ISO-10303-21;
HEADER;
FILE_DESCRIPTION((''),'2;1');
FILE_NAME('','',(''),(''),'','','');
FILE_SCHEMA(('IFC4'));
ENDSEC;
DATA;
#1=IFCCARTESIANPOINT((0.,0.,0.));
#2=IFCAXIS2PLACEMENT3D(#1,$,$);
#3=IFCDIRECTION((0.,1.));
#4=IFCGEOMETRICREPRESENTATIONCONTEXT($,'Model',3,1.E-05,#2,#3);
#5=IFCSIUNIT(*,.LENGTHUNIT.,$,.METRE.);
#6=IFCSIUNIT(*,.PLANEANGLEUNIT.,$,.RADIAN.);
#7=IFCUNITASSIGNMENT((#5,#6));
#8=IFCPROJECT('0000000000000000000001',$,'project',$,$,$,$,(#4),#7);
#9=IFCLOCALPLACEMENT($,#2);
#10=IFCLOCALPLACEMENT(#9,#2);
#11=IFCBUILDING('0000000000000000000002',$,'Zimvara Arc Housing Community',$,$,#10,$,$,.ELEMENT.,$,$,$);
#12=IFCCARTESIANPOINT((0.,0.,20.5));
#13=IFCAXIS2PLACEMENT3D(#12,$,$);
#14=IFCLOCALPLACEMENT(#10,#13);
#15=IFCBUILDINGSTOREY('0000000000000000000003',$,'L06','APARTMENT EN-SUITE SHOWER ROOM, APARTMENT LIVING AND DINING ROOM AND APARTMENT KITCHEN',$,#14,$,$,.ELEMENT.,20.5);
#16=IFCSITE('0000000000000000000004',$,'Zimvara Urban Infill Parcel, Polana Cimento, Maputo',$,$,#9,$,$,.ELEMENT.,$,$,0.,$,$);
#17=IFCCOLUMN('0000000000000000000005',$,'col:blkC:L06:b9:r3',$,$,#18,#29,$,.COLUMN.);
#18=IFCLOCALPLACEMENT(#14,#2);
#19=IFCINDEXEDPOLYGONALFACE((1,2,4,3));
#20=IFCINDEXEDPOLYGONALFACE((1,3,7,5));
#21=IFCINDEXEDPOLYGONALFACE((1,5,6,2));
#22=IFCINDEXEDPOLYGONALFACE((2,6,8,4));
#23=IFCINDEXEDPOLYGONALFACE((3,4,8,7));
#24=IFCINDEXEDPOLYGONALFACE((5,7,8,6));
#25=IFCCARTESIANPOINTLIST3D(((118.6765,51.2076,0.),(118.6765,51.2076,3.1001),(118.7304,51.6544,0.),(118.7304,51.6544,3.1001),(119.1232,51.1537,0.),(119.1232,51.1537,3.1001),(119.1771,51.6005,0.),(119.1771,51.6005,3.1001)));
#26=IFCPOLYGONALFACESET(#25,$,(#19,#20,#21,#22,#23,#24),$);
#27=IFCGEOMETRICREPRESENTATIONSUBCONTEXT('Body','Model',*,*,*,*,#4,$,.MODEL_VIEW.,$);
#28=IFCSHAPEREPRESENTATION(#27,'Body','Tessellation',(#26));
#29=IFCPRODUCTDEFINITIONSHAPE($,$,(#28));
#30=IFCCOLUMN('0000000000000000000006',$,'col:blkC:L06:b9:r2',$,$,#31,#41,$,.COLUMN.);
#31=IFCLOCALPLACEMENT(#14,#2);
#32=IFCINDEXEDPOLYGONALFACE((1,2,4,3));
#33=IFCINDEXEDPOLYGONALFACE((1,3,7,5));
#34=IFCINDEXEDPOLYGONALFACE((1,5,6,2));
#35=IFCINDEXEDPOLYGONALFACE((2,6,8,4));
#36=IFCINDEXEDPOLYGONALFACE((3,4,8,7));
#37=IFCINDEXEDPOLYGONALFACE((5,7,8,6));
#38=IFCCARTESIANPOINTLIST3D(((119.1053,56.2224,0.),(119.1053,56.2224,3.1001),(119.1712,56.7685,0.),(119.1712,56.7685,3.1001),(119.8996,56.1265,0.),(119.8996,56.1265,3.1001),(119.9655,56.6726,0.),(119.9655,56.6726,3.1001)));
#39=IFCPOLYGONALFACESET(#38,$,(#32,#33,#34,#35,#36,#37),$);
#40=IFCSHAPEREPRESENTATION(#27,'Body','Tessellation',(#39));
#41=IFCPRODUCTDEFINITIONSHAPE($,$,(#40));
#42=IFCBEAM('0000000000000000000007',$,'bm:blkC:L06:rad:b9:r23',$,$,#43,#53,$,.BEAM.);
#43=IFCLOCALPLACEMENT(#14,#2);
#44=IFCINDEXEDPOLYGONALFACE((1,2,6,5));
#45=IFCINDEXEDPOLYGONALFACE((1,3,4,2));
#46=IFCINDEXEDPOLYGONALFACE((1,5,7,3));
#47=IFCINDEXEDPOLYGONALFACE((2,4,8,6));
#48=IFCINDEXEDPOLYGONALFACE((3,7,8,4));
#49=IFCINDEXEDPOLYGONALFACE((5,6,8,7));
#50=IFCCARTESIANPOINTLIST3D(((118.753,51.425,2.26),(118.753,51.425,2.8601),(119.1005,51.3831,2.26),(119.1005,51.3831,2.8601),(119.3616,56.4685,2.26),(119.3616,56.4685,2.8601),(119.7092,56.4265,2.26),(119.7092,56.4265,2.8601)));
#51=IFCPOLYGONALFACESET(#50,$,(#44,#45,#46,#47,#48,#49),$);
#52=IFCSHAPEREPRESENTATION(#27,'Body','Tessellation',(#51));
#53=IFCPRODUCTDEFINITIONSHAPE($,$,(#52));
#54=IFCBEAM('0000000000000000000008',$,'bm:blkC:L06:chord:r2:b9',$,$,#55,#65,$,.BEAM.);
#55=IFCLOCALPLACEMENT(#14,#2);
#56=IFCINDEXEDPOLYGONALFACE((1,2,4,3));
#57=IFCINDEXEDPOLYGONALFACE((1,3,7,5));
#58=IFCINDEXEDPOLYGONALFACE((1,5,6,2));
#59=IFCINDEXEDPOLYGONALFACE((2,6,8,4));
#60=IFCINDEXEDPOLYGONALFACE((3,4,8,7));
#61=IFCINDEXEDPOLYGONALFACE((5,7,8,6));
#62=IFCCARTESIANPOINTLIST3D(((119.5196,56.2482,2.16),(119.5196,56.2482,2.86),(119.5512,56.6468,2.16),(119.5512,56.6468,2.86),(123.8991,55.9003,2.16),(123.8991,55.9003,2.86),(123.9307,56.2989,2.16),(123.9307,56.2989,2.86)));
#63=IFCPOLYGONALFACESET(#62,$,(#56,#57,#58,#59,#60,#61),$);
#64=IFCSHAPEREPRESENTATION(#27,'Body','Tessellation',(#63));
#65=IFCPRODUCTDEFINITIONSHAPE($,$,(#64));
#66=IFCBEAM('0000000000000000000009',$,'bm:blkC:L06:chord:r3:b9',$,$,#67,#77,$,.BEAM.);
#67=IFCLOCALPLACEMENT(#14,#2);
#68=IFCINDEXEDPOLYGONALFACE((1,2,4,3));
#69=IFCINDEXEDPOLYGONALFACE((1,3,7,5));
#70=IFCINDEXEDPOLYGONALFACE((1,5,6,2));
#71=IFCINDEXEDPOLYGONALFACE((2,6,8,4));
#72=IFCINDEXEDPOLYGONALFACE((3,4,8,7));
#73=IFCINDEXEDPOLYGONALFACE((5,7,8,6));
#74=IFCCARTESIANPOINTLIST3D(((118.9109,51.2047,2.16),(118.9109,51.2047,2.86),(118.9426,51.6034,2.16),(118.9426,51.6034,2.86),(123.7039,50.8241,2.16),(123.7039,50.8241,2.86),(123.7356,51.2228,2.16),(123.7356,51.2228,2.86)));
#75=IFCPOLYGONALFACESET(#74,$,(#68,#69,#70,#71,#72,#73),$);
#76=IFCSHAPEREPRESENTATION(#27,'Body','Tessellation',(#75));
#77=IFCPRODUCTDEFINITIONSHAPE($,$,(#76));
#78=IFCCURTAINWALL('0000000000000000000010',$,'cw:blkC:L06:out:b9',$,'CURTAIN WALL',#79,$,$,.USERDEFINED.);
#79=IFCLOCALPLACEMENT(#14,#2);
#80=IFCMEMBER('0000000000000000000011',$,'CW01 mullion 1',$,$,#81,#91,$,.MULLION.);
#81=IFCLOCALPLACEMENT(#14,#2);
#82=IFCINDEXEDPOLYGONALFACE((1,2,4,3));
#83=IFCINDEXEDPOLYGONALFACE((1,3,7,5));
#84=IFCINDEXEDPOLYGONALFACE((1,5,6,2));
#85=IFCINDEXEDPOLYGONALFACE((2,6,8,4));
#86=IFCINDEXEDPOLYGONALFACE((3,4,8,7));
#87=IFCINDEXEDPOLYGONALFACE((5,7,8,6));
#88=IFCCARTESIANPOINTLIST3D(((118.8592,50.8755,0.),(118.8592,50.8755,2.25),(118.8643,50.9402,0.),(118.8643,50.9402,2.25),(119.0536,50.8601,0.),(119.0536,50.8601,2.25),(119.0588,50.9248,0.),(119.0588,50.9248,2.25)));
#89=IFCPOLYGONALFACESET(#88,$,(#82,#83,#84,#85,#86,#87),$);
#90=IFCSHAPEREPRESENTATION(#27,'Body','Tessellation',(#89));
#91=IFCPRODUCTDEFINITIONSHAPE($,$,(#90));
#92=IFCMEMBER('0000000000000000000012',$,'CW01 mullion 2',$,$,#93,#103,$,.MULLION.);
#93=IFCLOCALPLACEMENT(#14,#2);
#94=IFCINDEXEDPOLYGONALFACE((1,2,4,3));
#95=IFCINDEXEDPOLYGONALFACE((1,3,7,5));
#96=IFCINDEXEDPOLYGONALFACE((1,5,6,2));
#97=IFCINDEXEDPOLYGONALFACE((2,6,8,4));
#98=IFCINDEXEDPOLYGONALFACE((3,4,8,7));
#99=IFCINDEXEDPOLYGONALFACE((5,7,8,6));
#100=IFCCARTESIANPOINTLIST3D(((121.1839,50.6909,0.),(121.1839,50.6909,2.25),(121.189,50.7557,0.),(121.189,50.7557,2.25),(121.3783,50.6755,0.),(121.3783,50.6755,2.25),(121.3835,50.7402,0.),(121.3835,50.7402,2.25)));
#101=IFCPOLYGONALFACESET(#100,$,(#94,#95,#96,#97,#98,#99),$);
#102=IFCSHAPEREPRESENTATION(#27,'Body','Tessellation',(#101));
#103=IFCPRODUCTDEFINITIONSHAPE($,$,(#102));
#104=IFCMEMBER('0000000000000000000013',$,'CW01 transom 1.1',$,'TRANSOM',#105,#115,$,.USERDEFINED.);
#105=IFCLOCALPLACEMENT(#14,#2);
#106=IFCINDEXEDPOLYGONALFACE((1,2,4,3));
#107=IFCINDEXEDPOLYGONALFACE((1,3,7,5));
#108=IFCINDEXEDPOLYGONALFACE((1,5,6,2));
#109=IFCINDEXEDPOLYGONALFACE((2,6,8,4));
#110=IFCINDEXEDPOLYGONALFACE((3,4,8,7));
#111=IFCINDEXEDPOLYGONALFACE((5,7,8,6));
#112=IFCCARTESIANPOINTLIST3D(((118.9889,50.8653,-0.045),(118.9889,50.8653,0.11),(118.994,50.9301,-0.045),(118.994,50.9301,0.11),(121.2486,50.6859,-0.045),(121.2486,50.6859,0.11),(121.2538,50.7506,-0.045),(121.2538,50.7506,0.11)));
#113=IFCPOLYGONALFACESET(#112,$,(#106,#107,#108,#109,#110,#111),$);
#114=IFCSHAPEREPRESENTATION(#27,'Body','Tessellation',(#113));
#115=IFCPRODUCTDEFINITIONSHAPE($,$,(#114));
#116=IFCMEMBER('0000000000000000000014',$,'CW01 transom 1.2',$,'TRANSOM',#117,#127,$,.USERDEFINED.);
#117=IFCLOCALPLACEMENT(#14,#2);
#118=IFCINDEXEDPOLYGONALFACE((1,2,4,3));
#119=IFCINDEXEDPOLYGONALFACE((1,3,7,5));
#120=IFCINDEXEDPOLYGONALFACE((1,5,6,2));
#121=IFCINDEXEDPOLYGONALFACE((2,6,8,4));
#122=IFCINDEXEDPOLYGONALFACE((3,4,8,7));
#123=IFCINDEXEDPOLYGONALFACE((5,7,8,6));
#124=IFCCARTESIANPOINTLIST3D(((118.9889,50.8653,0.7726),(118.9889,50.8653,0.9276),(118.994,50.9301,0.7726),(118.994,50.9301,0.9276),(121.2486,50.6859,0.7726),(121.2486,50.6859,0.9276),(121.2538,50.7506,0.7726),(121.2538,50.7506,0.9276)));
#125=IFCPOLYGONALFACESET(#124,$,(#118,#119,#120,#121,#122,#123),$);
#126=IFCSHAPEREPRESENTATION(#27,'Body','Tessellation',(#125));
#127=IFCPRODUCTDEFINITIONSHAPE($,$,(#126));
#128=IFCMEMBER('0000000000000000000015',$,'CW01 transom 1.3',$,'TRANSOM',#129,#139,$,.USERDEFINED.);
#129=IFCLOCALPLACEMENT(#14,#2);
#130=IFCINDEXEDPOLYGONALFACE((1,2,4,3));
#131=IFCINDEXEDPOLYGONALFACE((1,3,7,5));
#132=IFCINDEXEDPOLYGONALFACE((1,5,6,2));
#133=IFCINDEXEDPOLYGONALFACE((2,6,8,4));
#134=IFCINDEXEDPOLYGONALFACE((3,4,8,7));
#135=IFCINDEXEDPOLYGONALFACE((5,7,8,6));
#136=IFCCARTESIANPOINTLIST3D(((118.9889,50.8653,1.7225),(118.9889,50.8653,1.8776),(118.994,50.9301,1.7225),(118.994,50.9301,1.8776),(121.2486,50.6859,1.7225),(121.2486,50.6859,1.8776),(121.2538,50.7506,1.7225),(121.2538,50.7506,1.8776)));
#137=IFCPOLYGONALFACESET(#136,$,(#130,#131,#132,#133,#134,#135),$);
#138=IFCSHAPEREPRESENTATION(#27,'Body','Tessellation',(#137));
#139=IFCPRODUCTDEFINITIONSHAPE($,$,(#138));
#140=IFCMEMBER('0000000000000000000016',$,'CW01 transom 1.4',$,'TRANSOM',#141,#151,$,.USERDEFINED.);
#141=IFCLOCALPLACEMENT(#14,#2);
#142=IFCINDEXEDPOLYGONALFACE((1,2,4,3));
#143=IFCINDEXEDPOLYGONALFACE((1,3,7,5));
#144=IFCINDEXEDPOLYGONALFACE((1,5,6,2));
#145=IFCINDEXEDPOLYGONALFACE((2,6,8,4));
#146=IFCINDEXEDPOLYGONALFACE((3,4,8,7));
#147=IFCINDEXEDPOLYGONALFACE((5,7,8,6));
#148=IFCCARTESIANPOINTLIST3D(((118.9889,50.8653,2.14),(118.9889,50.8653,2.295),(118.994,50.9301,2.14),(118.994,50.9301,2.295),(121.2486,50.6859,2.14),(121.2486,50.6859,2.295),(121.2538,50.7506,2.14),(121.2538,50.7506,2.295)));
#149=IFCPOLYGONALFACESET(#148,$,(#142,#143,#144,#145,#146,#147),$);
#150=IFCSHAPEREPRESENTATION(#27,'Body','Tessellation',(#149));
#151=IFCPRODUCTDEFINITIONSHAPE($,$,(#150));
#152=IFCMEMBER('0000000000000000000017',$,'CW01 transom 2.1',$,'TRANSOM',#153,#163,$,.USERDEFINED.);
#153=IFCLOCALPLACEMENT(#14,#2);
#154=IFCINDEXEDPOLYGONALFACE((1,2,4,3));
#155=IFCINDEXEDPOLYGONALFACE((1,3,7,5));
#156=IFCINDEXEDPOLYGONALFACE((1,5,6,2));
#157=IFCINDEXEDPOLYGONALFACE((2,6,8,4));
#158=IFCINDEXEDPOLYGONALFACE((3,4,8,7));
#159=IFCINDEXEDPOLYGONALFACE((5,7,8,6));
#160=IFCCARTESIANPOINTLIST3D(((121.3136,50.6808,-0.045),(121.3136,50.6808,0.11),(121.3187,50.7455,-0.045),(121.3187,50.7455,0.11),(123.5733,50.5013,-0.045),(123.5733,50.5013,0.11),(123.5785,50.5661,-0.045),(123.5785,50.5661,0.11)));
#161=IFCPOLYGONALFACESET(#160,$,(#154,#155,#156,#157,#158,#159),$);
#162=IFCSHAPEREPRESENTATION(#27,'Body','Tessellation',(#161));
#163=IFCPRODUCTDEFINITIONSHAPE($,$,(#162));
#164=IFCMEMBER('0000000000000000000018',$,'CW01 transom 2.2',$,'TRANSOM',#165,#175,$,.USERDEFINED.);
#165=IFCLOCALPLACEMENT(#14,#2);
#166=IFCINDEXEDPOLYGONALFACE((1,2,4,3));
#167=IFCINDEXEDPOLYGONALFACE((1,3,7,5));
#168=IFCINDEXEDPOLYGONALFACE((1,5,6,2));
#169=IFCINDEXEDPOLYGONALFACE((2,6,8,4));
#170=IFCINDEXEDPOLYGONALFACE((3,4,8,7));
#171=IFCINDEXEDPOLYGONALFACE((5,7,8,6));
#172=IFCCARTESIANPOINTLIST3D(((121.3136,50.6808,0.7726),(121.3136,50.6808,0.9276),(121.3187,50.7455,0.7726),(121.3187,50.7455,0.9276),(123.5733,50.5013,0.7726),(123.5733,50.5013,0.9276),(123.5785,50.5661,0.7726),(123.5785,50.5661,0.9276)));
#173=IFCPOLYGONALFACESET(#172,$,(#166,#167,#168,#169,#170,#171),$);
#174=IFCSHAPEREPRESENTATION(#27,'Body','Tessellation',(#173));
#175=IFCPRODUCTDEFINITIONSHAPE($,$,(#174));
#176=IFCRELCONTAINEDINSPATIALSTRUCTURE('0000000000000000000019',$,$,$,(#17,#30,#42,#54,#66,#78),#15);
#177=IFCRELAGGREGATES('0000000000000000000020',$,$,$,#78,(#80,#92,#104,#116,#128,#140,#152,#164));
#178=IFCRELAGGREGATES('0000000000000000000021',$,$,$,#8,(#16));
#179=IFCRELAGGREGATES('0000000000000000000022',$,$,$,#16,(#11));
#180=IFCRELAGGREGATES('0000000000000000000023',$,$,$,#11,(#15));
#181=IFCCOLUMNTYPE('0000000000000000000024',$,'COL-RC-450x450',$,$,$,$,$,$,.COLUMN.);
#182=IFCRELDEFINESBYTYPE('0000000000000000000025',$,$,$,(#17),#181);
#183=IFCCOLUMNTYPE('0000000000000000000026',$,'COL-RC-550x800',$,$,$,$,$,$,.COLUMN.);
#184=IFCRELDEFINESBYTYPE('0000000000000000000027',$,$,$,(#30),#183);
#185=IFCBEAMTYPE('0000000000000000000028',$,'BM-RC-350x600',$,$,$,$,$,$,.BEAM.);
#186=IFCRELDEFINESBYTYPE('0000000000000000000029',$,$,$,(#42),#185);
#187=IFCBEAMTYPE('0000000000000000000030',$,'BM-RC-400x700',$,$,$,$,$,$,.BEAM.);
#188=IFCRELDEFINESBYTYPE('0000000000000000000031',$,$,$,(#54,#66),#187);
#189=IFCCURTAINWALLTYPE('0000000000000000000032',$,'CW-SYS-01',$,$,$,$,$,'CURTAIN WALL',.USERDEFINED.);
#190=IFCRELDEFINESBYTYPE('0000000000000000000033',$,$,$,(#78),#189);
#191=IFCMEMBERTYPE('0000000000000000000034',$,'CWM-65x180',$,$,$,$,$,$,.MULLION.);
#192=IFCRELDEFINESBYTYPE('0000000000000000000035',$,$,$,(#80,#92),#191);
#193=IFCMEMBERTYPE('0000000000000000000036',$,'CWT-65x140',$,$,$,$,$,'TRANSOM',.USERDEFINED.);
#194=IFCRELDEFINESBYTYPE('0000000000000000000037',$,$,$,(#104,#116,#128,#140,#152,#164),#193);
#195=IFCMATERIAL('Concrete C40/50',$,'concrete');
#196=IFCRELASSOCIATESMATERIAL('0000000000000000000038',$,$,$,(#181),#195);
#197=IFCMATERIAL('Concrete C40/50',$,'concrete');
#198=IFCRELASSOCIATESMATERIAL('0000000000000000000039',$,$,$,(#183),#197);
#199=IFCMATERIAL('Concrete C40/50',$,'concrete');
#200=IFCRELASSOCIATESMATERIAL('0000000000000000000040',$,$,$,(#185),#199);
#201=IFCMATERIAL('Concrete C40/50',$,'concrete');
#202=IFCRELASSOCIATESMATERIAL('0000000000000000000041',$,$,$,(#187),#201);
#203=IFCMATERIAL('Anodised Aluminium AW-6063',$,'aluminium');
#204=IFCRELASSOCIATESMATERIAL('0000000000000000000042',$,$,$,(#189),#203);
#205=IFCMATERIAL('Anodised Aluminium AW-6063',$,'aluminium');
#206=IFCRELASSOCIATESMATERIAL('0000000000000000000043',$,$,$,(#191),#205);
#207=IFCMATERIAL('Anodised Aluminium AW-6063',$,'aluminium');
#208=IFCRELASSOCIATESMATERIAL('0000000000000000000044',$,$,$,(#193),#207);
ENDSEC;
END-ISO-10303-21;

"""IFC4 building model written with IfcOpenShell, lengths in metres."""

from ifc_helpers import new_model, si_unit, direction, frame, origin, origin_2d, place, context, subcontext, project, spatial, rectangle, extrude, material, material_profile, profile_set, type_object, element, aggregate, save


model = new_model("IFC4")

# Units and contexts
model_context = context("Model", 3, precision=1e-05, world=origin(), true_north=direction((0.0, 1.0)))
body_context = subcontext(model_context, "Body", "Model", "MODEL_VIEW")
ifc_project = project(units=[si_unit("LENGTHUNIT", "METRE"), si_unit("PLANEANGLEUNIT", "RADIAN")], contexts=[model_context])

# Site, building, storey
site_placement = place(None, origin())
site = spatial("IfcSite", under=ifc_project, at=site_placement, Name="Zimvara Urban Infill Parcel, Polana Cimento, Maputo", CompositionType="ELEMENT", RefElevation=0.0)
building_placement = place(site_placement, origin())
building = spatial("IfcBuilding", under=site, at=building_placement, Name="Zimvara Arc Housing Community", CompositionType="ELEMENT")
storey_placement = place(building_placement, frame((0.0, 0.0, 20.5)))
storey = spatial("IfcBuildingStorey", under=building, at=storey_placement, Name="L06", Description="APARTMENT EN-SUITE SHOWER ROOM, APARTMENT LIVING AND DINING ROOM AND APARTMENT KITCHEN", CompositionType="ELEMENT", Elevation=20.5)

# Columns
ifc_material_1 = material(Name="Concrete C40/50", Category="concrete")
ifc_material_profile_1 = material_profile(ifc_material_1, rectangle(XDim=0.45, YDim=0.45, at=origin_2d()), Name="RC 450x450")
ifc_profile_set_1 = profile_set([ifc_material_profile_1], Name="Concrete C40/50")
column_type_1 = type_object("IfcColumnType", Name="COL-RC-450x450", PredefinedType="COLUMN", material=ifc_profile_set_1)
column_1_placement = place(storey_placement, frame((118.9268, 51.4041, 0.0), z_axis=(0.0, 0.0, 1.0), x_axis=(-0.11979, -0.992799, 0.0)))
element("IfcColumn", 1, at=column_1_placement, inside=storey, type_object=column_type_1, Name="col:blkC:L06:b9:r3", PredefinedType="COLUMN", context=body_context, shape_type="SweptSolid", body=[
    extrude(rectangle(XDim=0.45, YDim=0.45, at=origin_2d()), origin(), (0.0, 0.0, 1.0), 3.1001),
])
ifc_material_2 = material(Name="Concrete C40/50", Category="concrete")
ifc_material_profile_2 = material_profile(ifc_material_2, rectangle(XDim=0.55, YDim=0.8, at=origin_2d()), Name="RC 550x800")
ifc_profile_set_2 = profile_set([ifc_material_profile_2], Name="Concrete C40/50")
column_type_2 = type_object("IfcColumnType", Name="COL-RC-550x800", PredefinedType="COLUMN", material=ifc_profile_set_2)
column_2_placement = place(storey_placement, frame((119.5354, 56.4475, 0.0), z_axis=(0.0, 0.0, 1.0), x_axis=(-0.11979, -0.992799, 0.0)))
element("IfcColumn", 2, at=column_2_placement, inside=storey, type_object=column_type_2, Name="col:blkC:L06:b9:r2", PredefinedType="COLUMN", context=body_context, shape_type="SweptSolid", body=[
    extrude(rectangle(XDim=0.55, YDim=0.8, at=origin_2d()), origin(), (0.0, 0.0, 1.0), 3.1001),
])

# Beams
ifc_material_3 = material(Name="Concrete C40/50", Category="concrete")
ifc_material_profile_3 = material_profile(ifc_material_3, rectangle(XDim=0.3501, YDim=0.6001, at=origin_2d()), Name="RC 350x600")
ifc_profile_set_3 = profile_set([ifc_material_profile_3], Name="Concrete C40/50")
beam_type_1 = type_object("IfcBeamType", Name="BM-RC-350x600", PredefinedType="BEAM", material=ifc_profile_set_3)
beam_1_placement = place(storey_placement, frame((119.5354, 56.4475, 2.5601), z_axis=(-0.11981, -0.992797, 0.0), x_axis=(0.992797, -0.11981, 0.0)))
element("IfcBeam", 3, at=beam_1_placement, inside=storey, type_object=beam_type_1, Name="bm:blkC:L06:rad:b9:r23", PredefinedType="BEAM", context=body_context, shape_type="SweptSolid", body=[
    extrude(rectangle(XDim=0.3501, YDim=0.6001, at=origin_2d()), origin(), (0.0, 0.0, 1.0), 5.0801),
])
ifc_material_4 = material(Name="Concrete C40/50", Category="concrete")
ifc_material_profile_4 = material_profile(ifc_material_4, rectangle(XDim=0.3999, YDim=0.7, at=origin_2d()), Name="RC 400x700")
ifc_profile_set_4 = profile_set([ifc_material_profile_4], Name="Concrete C40/50")
beam_type_2 = type_object("IfcBeamType", Name="BM-RC-400x700", PredefinedType="BEAM", material=ifc_profile_set_4)
beam_2_placement = place(storey_placement, frame((119.5354, 56.4475, 2.51), z_axis=(0.996859, -0.079191, 0.0), x_axis=(0.079191, 0.996859, 0.0)))
element("IfcBeam", 4, at=beam_2_placement, inside=storey, type_object=beam_type_2, Name="bm:blkC:L06:chord:r2:b9", PredefinedType="BEAM", context=body_context, shape_type="SweptSolid", body=[
    extrude(rectangle(XDim=0.3999, YDim=0.7, at=origin_2d()), origin(), (0.0, 0.0, 1.0), 4.3933),
])
beam_3_placement = place(storey_placement, frame((118.9268, 51.4041, 2.51), z_axis=(0.996862, -0.079162, 0.0), x_axis=(0.079162, 0.996862, 0.0)))
element("IfcBeam", 5, at=beam_3_placement, inside=storey, type_object=beam_type_2, Name="bm:blkC:L06:chord:r3:b9", PredefinedType="BEAM", context=body_context, shape_type="SweptSolid", body=[
    extrude(rectangle(XDim=0.3999, YDim=0.7, at=origin_2d()), origin(), (0.0, 0.0, 1.0), 4.8081),
])

# Curtain wall, members
ifc_material_5 = material(Name="Anodised Aluminium AW-6063", Category="aluminium")
curtain_wall_type = type_object("IfcCurtainWallType", Name="CW-SYS-01", ElementType="CURTAIN WALL", PredefinedType="USERDEFINED", material=ifc_material_5)
curtain_wall_placement = place(storey_placement, origin())
curtain_wall = element("IfcCurtainWall", 6, at=curtain_wall_placement, inside=storey, type_object=curtain_wall_type, Name="cw:blkC:L06:out:b9", ObjectType="CURTAIN WALL", PredefinedType="USERDEFINED")
ifc_material_6 = material(Name="Anodised Aluminium AW-6063", Category="aluminium")
ifc_material_profile_5 = material_profile(ifc_material_6, rectangle(XDim=0.0649, YDim=0.1951, at=origin_2d()), Name="ALU 65x195")
ifc_profile_set_5 = profile_set([ifc_material_profile_5], Name="Anodised Aluminium AW-6063")
member_type_1 = type_object("IfcMemberType", Name="CWM-65x180", PredefinedType="MULLION", material=ifc_profile_set_5)
member_1_placement = place(storey_placement, frame((118.959, 50.9001, 0.0), z_axis=(0.0, 0.0, 1.0), x_axis=(0.079154, 0.996862, 0.0)))
member_1 = element("IfcMember", 7, at=member_1_placement, type_object=member_type_1, Name="CW01 mullion 1", PredefinedType="MULLION", context=body_context, shape_type="SweptSolid", body=[
    extrude(rectangle(XDim=0.0649, YDim=0.1951, at=origin_2d()), origin(), (0.0, 0.0, 1.0), 2.25),
])
member_2_placement = place(storey_placement, frame((121.2837, 50.7156, 0.0), z_axis=(0.0, 0.0, 1.0), x_axis=(0.079154, 0.996862, 0.0)))
member_2 = element("IfcMember", 8, at=member_2_placement, type_object=member_type_1, Name="CW01 mullion 2", PredefinedType="MULLION", context=body_context, shape_type="SweptSolid", body=[
    extrude(rectangle(XDim=0.0649, YDim=0.1951, at=origin_2d()), origin(), (0.0, 0.0, 1.0), 2.25),
])
ifc_material_7 = material(Name="Anodised Aluminium AW-6063", Category="aluminium")
ifc_material_profile_6 = material_profile(ifc_material_7, rectangle(XDim=0.0649, YDim=0.155, at=origin_2d()), Name="ALU 65x155")
ifc_profile_set_6 = profile_set([ifc_material_profile_6], Name="Anodised Aluminium AW-6063")
member_type_2 = type_object("IfcMemberType", Name="CWT-65x140", ElementType="TRANSOM", PredefinedType="USERDEFINED", material=ifc_profile_set_6)
member_3_placement = place(storey_placement, frame((118.9915, 50.8977, 0.0325), z_axis=(0.996862, -0.079159, 0.0), x_axis=(0.079159, 0.996862, 0.0)))
member_3 = element("IfcMember", 9, at=member_3_placement, type_object=member_type_2, Name="CW01 transom 1.1", ObjectType="TRANSOM", PredefinedType="USERDEFINED", context=body_context, shape_type="SweptSolid", body=[
    extrude(rectangle(XDim=0.0649, YDim=0.155, at=origin_2d()), origin(), (0.0, 0.0, 1.0), 2.2668),
])
member_4_placement = place(storey_placement, frame((118.9915, 50.8977, 0.8501), z_axis=(0.996862, -0.079159, 0.0), x_axis=(0.079159, 0.996862, 0.0)))
member_4 = element("IfcMember", 10, at=member_4_placement, type_object=member_type_2, Name="CW01 transom 1.2", ObjectType="TRANSOM", PredefinedType="USERDEFINED", context=body_context, shape_type="SweptSolid", body=[
    extrude(rectangle(XDim=0.0649, YDim=0.155, at=origin_2d()), origin(), (0.0, 0.0, 1.0), 2.2668),
])
member_5_placement = place(storey_placement, frame((118.9915, 50.8977, 1.8), z_axis=(0.996862, -0.079159, 0.0), x_axis=(0.079159, 0.996862, 0.0)))
member_5 = element("IfcMember", 11, at=member_5_placement, type_object=member_type_2, Name="CW01 transom 1.3", ObjectType="TRANSOM", PredefinedType="USERDEFINED", context=body_context, shape_type="SweptSolid", body=[
    extrude(rectangle(XDim=0.0649, YDim=0.155, at=origin_2d()), origin(), (0.0, 0.0, 1.0), 2.2668),
])
member_6_placement = place(storey_placement, frame((118.9915, 50.8977, 2.2175), z_axis=(0.996862, -0.079159, 0.0), x_axis=(0.079159, 0.996862, 0.0)))
member_6 = element("IfcMember", 12, at=member_6_placement, type_object=member_type_2, Name="CW01 transom 1.4", ObjectType="TRANSOM", PredefinedType="USERDEFINED", context=body_context, shape_type="SweptSolid", body=[
    extrude(rectangle(XDim=0.0649, YDim=0.155, at=origin_2d()), origin(), (0.0, 0.0, 1.0), 2.2668),
])
member_7_placement = place(storey_placement, frame((121.3162, 50.7131, 0.0325), z_axis=(0.996862, -0.079159, 0.0), x_axis=(0.079159, 0.996862, 0.0)))
member_7 = element("IfcMember", 13, at=member_7_placement, type_object=member_type_2, Name="CW01 transom 2.1", ObjectType="TRANSOM", PredefinedType="USERDEFINED", context=body_context, shape_type="SweptSolid", body=[
    extrude(rectangle(XDim=0.0649, YDim=0.155, at=origin_2d()), origin(), (0.0, 0.0, 1.0), 2.2668),
])
member_8_placement = place(storey_placement, frame((121.3162, 50.7131, 0.8501), z_axis=(0.996862, -0.079159, 0.0), x_axis=(0.079159, 0.996862, 0.0)))
member_8 = element("IfcMember", 14, at=member_8_placement, type_object=member_type_2, Name="CW01 transom 2.2", ObjectType="TRANSOM", PredefinedType="USERDEFINED", context=body_context, shape_type="SweptSolid", body=[
    extrude(rectangle(XDim=0.0649, YDim=0.155, at=origin_2d()), origin(), (0.0, 0.0, 1.0), 2.2668),
])
aggregate(curtain_wall, [member_1, member_2, member_3, member_4, member_5, member_6, member_7, member_8])

save(model, "model.ifc")
